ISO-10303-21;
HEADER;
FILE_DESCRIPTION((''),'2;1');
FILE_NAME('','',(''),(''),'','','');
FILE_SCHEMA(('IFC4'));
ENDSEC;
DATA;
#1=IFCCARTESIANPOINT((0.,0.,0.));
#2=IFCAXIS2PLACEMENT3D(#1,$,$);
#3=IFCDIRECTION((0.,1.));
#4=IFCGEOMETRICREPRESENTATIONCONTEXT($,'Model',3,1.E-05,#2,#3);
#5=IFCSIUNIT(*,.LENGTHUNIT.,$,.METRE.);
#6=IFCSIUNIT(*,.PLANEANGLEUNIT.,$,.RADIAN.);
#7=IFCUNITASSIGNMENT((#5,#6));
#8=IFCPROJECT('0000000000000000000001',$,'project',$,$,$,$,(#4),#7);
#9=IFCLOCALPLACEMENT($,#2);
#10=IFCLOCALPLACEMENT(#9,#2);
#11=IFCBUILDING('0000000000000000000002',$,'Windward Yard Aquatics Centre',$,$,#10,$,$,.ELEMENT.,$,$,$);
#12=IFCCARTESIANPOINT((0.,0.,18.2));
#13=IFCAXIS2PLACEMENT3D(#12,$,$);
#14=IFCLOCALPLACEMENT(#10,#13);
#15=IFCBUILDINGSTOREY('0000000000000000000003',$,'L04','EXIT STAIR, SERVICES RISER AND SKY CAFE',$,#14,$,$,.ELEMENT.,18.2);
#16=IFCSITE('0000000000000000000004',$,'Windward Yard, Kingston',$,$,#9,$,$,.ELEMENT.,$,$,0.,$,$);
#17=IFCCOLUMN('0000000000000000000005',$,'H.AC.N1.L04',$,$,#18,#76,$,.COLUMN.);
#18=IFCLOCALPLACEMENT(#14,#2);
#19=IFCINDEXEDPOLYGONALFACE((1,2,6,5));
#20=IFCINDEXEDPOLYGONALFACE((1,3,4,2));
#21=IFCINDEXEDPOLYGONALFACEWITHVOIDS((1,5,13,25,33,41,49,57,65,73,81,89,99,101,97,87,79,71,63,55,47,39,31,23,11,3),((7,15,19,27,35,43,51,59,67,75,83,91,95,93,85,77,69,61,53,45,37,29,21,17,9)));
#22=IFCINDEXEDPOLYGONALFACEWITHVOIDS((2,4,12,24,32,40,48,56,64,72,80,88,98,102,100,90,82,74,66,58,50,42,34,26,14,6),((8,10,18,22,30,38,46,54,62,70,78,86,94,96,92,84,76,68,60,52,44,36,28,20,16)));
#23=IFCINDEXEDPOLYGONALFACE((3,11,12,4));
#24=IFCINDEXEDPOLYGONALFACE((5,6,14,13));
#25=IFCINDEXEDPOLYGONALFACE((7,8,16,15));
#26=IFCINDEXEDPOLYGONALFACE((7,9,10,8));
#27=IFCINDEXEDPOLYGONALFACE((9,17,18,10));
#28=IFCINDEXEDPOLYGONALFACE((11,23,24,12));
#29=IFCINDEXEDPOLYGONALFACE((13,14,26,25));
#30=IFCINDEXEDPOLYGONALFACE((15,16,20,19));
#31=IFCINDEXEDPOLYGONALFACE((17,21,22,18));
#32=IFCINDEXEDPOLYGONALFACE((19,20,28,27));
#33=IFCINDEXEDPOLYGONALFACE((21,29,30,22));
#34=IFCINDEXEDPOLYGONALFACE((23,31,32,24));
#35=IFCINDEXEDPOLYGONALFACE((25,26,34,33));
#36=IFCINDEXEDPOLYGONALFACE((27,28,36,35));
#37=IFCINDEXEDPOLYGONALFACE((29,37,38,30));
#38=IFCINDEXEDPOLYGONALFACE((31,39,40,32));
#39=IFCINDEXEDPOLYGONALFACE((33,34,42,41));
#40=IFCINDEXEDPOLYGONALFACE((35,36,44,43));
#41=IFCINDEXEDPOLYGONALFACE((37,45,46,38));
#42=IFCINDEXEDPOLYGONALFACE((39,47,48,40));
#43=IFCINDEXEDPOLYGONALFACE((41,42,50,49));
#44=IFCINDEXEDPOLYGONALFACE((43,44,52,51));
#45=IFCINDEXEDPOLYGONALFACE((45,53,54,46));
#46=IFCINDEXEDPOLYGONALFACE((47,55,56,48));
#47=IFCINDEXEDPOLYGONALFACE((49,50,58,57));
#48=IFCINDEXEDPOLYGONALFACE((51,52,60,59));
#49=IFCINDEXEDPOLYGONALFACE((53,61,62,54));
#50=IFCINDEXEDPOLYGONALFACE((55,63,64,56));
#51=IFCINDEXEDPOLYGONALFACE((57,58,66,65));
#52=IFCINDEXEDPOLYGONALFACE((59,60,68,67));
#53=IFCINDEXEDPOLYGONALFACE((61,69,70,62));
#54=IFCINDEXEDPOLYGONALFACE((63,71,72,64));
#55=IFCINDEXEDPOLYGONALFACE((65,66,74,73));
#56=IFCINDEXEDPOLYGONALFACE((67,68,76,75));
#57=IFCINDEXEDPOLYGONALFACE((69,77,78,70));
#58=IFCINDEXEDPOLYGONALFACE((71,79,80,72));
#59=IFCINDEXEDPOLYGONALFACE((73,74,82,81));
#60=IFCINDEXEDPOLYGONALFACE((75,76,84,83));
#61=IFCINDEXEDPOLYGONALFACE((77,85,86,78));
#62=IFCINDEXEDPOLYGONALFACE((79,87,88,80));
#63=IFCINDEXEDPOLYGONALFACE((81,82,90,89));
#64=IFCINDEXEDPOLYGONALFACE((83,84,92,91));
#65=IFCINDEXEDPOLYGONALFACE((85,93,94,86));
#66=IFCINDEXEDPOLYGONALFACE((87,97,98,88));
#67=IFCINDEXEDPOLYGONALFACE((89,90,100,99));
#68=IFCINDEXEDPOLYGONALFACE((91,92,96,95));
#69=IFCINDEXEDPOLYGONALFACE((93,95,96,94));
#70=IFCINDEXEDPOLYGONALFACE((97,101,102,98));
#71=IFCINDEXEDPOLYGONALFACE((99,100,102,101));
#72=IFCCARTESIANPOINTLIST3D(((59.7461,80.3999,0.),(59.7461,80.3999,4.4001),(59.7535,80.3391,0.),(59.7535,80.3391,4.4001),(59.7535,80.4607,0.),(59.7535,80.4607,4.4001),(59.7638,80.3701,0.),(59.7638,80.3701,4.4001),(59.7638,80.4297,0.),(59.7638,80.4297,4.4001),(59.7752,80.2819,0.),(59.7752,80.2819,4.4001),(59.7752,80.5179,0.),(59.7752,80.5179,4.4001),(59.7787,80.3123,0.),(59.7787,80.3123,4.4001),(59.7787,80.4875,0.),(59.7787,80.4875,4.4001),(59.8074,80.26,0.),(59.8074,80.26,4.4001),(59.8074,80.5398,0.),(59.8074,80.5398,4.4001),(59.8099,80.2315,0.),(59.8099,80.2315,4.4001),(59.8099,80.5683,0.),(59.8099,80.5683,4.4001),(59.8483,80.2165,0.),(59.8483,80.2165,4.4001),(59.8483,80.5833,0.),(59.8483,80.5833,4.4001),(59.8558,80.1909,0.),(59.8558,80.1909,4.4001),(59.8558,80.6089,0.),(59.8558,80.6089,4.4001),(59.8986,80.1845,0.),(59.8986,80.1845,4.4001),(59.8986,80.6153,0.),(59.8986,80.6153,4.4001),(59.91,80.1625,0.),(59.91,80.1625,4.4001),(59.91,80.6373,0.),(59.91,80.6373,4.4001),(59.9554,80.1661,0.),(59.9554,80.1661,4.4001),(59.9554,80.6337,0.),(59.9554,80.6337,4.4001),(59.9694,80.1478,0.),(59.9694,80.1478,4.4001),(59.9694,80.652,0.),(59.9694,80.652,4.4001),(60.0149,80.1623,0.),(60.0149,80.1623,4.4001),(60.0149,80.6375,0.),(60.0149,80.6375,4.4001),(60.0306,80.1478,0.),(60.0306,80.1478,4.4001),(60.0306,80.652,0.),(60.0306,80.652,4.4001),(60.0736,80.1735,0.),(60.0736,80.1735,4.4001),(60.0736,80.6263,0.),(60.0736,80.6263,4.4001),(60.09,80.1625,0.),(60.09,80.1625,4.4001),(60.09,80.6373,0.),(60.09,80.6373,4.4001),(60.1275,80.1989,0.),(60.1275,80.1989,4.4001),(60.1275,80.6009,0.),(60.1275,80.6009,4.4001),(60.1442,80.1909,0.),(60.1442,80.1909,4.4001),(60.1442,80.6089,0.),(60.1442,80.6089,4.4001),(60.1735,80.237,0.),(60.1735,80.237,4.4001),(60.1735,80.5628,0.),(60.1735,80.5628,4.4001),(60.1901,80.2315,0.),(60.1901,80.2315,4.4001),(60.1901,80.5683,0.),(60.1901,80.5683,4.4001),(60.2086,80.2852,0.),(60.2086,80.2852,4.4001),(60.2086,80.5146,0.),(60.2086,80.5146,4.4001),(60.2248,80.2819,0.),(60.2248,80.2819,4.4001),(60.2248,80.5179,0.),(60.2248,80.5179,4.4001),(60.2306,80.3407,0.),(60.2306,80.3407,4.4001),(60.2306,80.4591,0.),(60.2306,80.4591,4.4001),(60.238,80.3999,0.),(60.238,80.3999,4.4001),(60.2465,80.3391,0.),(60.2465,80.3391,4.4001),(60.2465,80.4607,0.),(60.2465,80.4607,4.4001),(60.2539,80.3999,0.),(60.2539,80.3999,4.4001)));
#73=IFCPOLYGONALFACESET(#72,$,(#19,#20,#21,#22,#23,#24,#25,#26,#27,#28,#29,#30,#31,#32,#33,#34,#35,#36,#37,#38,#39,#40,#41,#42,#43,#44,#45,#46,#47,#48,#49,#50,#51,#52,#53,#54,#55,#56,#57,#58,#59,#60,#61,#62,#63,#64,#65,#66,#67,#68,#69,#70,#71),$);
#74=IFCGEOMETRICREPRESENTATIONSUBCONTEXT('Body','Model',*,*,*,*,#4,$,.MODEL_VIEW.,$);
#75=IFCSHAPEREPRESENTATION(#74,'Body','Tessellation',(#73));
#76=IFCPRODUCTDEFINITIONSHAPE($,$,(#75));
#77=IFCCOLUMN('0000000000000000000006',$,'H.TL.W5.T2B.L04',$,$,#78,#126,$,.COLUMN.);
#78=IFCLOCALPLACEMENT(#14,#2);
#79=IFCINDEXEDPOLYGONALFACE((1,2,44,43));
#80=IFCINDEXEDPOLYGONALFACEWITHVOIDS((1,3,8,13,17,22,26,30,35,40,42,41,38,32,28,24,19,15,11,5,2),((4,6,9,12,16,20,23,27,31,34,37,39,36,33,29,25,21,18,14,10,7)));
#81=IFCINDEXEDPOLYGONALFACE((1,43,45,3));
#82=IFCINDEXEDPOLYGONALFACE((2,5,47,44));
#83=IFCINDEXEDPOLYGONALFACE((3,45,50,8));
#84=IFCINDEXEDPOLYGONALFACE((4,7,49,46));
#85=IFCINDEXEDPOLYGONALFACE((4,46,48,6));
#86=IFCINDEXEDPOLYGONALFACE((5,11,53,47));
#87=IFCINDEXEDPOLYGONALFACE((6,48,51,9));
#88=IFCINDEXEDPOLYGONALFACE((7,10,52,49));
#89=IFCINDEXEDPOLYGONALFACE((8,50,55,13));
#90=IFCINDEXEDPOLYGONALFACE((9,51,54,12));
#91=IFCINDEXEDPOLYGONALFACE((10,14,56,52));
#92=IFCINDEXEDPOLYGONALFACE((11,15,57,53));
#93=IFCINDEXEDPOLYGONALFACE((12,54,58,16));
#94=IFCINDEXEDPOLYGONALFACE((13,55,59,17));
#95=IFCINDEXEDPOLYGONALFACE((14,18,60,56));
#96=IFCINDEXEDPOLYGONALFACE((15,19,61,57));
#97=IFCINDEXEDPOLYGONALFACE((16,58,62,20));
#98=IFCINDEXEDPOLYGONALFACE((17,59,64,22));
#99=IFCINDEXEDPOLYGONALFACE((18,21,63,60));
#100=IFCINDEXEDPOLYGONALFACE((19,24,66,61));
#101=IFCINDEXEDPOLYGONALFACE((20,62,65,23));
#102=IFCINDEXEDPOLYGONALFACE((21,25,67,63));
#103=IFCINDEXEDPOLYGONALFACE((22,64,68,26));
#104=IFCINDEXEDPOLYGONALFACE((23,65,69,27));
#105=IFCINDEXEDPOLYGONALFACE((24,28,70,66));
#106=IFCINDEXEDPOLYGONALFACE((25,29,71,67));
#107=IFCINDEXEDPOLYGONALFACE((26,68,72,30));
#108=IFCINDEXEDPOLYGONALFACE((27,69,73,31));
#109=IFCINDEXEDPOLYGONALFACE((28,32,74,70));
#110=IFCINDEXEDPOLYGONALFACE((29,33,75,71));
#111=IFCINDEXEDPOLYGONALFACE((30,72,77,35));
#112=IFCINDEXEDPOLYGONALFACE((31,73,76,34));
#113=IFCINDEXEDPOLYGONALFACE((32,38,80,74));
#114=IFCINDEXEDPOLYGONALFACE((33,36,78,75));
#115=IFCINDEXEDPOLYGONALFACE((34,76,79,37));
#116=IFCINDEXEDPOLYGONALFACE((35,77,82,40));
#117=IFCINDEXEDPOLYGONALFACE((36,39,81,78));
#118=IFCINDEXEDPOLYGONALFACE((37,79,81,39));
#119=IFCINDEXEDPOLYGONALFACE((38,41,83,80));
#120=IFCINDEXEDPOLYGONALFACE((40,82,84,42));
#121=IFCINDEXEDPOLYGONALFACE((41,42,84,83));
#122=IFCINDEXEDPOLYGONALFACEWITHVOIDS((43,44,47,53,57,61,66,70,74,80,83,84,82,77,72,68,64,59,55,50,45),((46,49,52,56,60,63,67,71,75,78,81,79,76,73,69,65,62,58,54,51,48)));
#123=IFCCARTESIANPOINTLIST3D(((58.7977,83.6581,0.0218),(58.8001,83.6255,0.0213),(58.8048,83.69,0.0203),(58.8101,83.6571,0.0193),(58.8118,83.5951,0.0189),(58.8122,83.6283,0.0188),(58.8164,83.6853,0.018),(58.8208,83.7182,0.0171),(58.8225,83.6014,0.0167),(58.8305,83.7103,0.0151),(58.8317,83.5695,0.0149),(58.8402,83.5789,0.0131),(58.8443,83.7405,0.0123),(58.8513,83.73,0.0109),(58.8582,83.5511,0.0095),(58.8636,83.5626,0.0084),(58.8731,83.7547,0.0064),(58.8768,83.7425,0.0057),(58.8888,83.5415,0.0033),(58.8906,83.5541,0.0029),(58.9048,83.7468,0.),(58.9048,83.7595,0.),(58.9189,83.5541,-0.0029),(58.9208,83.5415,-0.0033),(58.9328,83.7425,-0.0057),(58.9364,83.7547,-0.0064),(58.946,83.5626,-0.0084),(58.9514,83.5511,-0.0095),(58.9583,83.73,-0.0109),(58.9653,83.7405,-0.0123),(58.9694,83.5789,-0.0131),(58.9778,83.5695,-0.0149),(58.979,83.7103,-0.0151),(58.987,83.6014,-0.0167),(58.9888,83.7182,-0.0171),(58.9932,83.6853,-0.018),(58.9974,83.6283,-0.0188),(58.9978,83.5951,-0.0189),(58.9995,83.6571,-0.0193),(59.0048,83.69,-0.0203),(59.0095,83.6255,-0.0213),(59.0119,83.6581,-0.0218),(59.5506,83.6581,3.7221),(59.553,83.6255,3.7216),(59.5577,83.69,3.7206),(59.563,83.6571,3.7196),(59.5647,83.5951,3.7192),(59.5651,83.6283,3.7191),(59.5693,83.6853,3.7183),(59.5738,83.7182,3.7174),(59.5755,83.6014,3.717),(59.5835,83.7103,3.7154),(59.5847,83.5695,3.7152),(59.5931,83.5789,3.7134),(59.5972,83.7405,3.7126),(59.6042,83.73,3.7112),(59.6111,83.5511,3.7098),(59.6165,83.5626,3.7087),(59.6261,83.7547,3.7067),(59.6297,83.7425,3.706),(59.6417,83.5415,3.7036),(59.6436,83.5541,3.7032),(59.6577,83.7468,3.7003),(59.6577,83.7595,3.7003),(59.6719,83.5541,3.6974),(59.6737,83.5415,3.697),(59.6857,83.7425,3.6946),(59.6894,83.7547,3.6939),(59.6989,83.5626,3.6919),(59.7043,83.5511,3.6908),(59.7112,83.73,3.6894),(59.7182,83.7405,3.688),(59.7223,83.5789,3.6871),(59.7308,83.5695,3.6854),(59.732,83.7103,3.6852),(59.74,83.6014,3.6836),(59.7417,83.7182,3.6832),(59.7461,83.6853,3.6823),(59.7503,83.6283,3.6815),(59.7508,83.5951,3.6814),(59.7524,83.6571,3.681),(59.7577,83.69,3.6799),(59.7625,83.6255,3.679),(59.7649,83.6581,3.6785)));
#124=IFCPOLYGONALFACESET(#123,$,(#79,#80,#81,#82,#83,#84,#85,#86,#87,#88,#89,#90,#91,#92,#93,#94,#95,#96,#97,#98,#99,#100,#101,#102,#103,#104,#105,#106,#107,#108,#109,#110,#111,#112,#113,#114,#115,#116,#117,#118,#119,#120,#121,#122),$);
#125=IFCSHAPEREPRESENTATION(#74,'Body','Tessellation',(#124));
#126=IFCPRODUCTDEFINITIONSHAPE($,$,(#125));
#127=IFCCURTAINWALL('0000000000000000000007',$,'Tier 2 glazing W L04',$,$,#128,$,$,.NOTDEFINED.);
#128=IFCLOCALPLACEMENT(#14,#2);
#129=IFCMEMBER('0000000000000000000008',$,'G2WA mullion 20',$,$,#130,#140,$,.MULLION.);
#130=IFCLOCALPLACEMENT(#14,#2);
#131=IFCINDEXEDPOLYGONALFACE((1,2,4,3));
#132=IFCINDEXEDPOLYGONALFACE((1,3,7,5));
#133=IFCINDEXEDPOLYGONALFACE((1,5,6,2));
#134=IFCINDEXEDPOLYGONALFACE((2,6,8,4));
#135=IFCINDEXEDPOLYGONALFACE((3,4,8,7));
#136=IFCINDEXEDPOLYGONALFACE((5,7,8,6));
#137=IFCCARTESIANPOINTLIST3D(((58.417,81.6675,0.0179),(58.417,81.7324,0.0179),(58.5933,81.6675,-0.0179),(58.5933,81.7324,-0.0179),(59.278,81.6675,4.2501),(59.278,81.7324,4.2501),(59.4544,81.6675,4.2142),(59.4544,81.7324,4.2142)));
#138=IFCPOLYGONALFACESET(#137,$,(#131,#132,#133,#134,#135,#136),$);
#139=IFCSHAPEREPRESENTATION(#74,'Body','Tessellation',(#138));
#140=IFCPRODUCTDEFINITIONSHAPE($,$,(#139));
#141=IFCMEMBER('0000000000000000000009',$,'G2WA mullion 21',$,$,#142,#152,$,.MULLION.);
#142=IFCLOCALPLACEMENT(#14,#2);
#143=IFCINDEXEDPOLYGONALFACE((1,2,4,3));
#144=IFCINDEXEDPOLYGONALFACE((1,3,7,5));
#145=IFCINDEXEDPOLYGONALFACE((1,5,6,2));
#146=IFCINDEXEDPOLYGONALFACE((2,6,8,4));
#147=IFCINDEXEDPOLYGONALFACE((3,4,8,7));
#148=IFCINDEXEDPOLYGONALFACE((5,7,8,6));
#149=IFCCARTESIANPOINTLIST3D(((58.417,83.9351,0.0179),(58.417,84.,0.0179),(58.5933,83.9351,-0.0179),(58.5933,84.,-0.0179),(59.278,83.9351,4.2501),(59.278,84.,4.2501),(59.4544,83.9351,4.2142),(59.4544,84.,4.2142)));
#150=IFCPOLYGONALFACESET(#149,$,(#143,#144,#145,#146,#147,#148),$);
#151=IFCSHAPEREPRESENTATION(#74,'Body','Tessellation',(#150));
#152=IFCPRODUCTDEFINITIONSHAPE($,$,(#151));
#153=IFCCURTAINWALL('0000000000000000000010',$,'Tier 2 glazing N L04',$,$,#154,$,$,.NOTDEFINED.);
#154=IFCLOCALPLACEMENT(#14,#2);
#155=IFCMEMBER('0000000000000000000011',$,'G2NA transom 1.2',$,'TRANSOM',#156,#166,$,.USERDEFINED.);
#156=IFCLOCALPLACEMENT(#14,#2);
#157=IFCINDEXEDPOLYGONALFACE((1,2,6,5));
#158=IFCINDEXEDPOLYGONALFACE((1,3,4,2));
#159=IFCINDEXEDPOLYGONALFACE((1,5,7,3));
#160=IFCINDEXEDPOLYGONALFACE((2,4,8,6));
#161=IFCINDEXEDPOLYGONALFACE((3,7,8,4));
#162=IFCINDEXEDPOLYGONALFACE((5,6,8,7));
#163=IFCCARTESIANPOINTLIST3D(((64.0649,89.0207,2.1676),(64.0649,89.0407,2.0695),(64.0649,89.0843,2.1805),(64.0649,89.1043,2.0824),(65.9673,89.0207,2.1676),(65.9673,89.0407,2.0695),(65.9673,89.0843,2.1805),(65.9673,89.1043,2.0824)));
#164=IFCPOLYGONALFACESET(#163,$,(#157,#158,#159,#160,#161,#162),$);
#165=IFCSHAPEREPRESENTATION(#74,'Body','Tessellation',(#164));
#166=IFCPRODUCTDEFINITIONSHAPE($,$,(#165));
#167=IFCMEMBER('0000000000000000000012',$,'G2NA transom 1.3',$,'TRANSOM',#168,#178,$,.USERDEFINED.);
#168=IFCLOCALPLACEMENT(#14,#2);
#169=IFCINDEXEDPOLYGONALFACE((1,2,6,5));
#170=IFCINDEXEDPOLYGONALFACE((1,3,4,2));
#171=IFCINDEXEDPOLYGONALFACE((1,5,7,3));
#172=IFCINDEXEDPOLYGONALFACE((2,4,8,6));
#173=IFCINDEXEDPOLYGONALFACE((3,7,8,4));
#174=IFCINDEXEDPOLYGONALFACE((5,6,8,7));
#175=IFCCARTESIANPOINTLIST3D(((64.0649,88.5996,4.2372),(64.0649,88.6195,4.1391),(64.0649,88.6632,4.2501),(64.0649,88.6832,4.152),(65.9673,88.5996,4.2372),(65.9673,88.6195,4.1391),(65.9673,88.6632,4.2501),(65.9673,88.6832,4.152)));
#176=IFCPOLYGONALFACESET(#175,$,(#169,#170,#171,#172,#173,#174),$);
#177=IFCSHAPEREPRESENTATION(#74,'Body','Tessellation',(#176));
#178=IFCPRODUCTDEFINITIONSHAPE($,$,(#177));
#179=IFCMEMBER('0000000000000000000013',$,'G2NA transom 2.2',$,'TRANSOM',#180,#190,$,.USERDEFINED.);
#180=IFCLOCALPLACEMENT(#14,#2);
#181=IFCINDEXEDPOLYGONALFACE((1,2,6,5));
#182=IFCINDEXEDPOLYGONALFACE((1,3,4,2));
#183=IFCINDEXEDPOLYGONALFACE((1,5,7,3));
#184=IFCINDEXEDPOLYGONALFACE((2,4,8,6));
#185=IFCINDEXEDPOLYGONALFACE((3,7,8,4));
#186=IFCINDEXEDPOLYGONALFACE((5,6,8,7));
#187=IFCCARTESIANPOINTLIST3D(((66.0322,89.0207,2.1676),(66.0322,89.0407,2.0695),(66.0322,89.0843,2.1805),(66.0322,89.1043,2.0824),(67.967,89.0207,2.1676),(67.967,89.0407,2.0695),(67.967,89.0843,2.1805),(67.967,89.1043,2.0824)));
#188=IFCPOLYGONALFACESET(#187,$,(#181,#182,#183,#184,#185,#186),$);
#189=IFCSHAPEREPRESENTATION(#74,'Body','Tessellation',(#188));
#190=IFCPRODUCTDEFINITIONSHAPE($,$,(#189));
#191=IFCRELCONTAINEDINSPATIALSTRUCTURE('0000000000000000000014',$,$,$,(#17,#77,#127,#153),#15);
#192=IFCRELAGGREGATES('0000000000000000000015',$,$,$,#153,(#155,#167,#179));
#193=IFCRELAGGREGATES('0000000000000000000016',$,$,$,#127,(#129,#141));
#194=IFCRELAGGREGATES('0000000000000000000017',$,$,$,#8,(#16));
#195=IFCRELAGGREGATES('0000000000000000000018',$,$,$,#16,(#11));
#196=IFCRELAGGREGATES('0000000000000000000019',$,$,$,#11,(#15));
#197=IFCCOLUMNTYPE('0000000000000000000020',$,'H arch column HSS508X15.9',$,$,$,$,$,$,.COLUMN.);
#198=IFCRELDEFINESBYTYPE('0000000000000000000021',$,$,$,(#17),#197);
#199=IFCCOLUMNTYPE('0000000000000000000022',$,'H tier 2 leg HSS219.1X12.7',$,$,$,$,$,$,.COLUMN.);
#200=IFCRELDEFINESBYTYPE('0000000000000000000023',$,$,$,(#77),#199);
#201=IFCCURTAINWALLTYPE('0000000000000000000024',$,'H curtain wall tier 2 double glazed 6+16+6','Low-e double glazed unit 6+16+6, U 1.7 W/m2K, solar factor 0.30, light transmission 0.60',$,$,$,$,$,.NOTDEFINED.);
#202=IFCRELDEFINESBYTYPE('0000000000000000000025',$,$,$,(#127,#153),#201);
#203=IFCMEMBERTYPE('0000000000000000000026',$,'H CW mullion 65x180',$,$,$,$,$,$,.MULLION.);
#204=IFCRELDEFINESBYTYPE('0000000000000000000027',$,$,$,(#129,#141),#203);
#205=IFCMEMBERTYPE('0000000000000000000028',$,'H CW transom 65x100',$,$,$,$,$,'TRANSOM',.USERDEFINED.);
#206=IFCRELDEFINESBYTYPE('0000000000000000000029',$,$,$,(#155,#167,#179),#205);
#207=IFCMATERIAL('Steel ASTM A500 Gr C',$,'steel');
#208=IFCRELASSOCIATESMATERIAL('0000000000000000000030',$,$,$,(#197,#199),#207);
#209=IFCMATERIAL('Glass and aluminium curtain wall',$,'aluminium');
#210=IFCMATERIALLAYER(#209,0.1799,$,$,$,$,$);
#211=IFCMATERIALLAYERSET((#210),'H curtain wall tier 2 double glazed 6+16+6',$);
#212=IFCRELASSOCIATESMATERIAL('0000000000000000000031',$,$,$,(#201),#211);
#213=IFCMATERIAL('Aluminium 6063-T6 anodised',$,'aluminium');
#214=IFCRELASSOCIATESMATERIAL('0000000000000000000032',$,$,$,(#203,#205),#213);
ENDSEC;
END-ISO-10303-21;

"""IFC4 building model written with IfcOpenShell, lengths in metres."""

from ifc_helpers import new_model, si_unit, direction, frame, origin, origin_2d, place, context, subcontext, project, spatial, rectangle, hollow_circle, extrude, material, layer, layer_set, material_profile, profile_set, type_object, element, aggregate, save


model = new_model("IFC4")

# Units and contexts
model_context = context("Model", 3, precision=1e-05, world=origin(), true_north=direction((0.0, 1.0)))
body_context = subcontext(model_context, "Body", "Model", "MODEL_VIEW")
ifc_project = project(units=[si_unit("LENGTHUNIT", "METRE"), si_unit("PLANEANGLEUNIT", "RADIAN")], contexts=[model_context])

# Site, building, storey
site_placement = place(None, origin())
site = spatial("IfcSite", under=ifc_project, at=site_placement, Name="Windward Yard, Kingston", CompositionType="ELEMENT", RefElevation=0.0)
building_placement = place(site_placement, origin())
building = spatial("IfcBuilding", under=site, at=building_placement, Name="Windward Yard Aquatics Centre", CompositionType="ELEMENT")
storey_placement = place(building_placement, frame((0.0, 0.0, 18.2)))
storey = spatial("IfcBuildingStorey", under=building, at=storey_placement, Name="L04", Description="EXIT STAIR, SERVICES RISER AND SKY CAFE", CompositionType="ELEMENT", Elevation=18.2)

# Columns
ifc_material_1 = material(Name="Steel ASTM A500 Gr C", Category="steel")
ifc_material_profile_1 = material_profile(ifc_material_1, hollow_circle(Radius=0.2539, WallThickness=0.0159, at=origin_2d()), Name="HSS508X15.9")
ifc_profile_set_1 = profile_set([ifc_material_profile_1], Name="Steel ASTM A500 Gr C")
column_type_1 = type_object("IfcColumnType", Name="H arch column HSS508X15.9", PredefinedType="COLUMN", material=ifc_profile_set_1)
column_1_placement = place(storey_placement, frame((60.0, 80.3999, 0.0), z_axis=(0.0, 0.0, 1.0), x_axis=(1.0, 0.0, 0.0)))
element("IfcColumn", 1, at=column_1_placement, inside=storey, type_object=column_type_1, Name="H.AC.N1.L04", PredefinedType="COLUMN", context=body_context, shape_type="SweptSolid", body=[
    extrude(hollow_circle(Radius=0.2539, WallThickness=0.0159, at=origin_2d()), origin(), (0.0, 0.0, 1.0), 4.4001),
])
ifc_material_profile_2 = material_profile(ifc_material_1, hollow_circle(Radius=0.1096, WallThickness=0.0127, at=origin_2d()), Name="HSS219.1X12.7")
ifc_profile_set_2 = profile_set([ifc_material_profile_2], Name="Steel ASTM A500 Gr C")
column_type_2 = type_object("IfcColumnType", Name="H tier 2 leg HSS219.1X12.7", PredefinedType="COLUMN", material=ifc_profile_set_2)
column_2_placement = place(storey_placement, frame((58.9048, 83.6499, 0.0), z_axis=(0.199398, 0.0, 0.979919), x_axis=(0.0, 1.0, 0.0)))
element("IfcColumn", 2, at=column_2_placement, inside=storey, type_object=column_type_2, Name="H.TL.W5.T2B.L04", PredefinedType="COLUMN", context=body_context, shape_type="SweptSolid", body=[
    extrude(hollow_circle(Radius=0.1096, WallThickness=0.0127, at=origin_2d()), origin(), (0.0, 0.0, 1.0), 3.7761),
])

# Curtain walls, members
ifc_material_2 = material(Name="Glass and aluminium curtain wall", Category="aluminium")
ifc_layer_1 = layer(ifc_material_2, 0.1799)
ifc_layer_set_1 = layer_set([ifc_layer_1], Name="H curtain wall tier 2 double glazed 6+16+6")
curtain_wall_type = type_object("IfcCurtainWallType", Name="H curtain wall tier 2 double glazed 6+16+6", Description="Low-e double glazed unit 6+16+6, U 1.7 W/m2K, solar factor 0.30, light transmission 0.60", PredefinedType="NOTDEFINED", material=ifc_layer_set_1)
curtain_wall_1_placement = place(storey_placement, origin())
curtain_wall_1 = element("IfcCurtainWall", 3, at=curtain_wall_1_placement, inside=storey, type_object=curtain_wall_type, Name="Tier 2 glazing W L04", PredefinedType="NOTDEFINED")
ifc_material_3 = material(Name="Aluminium 6063-T6 anodised", Category="aluminium")
ifc_material_profile_3 = material_profile(ifc_material_3, rectangle(XDim=0.0649, YDim=0.1799, at=origin_2d()), Name="H CW mullion 65x180")
ifc_profile_set_3 = profile_set([ifc_material_profile_3], Name="Aluminium 6063-T6 anodised")
member_type_1 = type_object("IfcMemberType", Name="H CW mullion 65x180", PredefinedType="MULLION", material=ifc_profile_set_3)
member_1_placement = place(storey_placement, frame((58.5051, 81.7, 0.0), z_axis=(0.199376, 0.0, 0.979923), x_axis=(0.0, 1.0, 0.0)))
member_1 = element("IfcMember", 4, at=member_1_placement, type_object=member_type_1, Name="G2WA mullion 20", PredefinedType="MULLION", context=body_context, shape_type="SweptSolid", body=[
    extrude(rectangle(XDim=0.0649, YDim=0.1799, at=origin_2d()), origin(), (0.0, 0.0, 1.0), 4.3188),
])
member_2_placement = place(storey_placement, frame((58.5051, 83.9675, 0.0), z_axis=(0.199376, 0.0, 0.979923), x_axis=(0.0, 1.0, 0.0)))
member_2 = element("IfcMember", 5, at=member_2_placement, type_object=member_type_1, Name="G2WA mullion 21", PredefinedType="MULLION", context=body_context, shape_type="SweptSolid", body=[
    extrude(rectangle(XDim=0.0649, YDim=0.1799, at=origin_2d()), origin(), (0.0, 0.0, 1.0), 4.3188),
])
curtain_wall_2_placement = place(storey_placement, origin())
curtain_wall_2 = element("IfcCurtainWall", 6, at=curtain_wall_2_placement, inside=storey, type_object=curtain_wall_type, Name="Tier 2 glazing N L04", PredefinedType="NOTDEFINED")
ifc_material_profile_4 = material_profile(ifc_material_3, rectangle(XDim=0.0649, YDim=0.1001, at=origin_2d()), Name="H CW transom 65x100")
ifc_profile_set_4 = profile_set([ifc_material_profile_4], Name="Aluminium 6063-T6 anodised")
member_type_2 = type_object("IfcMemberType", Name="H CW transom 65x100", ElementType="TRANSOM", PredefinedType="USERDEFINED", material=ifc_profile_set_4)
member_3_placement = place(storey_placement, frame((64.0649, 89.0625, 2.125), z_axis=(1.0, 0.0, 0.0), x_axis=(0.0, 0.979925, 0.199368)))
member_3 = element("IfcMember", 7, at=member_3_placement, type_object=member_type_2, Name="G2NA transom 1.2", ObjectType="TRANSOM", PredefinedType="USERDEFINED", context=body_context, shape_type="SweptSolid", body=[
    extrude(rectangle(XDim=0.0649, YDim=0.1001, at=origin_2d()), origin(), (0.0, 0.0, 1.0), 1.9023),
])
member_4_placement = place(storey_placement, frame((64.0649, 88.6414, 4.1946), z_axis=(1.0, 0.0, 0.0), x_axis=(0.0, 0.979925, 0.199368)))
member_4 = element("IfcMember", 8, at=member_4_placement, type_object=member_type_2, Name="G2NA transom 1.3", ObjectType="TRANSOM", PredefinedType="USERDEFINED", context=body_context, shape_type="SweptSolid", body=[
    extrude(rectangle(XDim=0.0649, YDim=0.1001, at=origin_2d()), origin(), (0.0, 0.0, 1.0), 1.9023),
])
member_5_placement = place(storey_placement, frame((66.0322, 89.0625, 2.125), z_axis=(1.0, 0.0, 0.0), x_axis=(0.0, 0.979925, 0.199368)))
member_5 = element("IfcMember", 9, at=member_5_placement, type_object=member_type_2, Name="G2NA transom 2.2", ObjectType="TRANSOM", PredefinedType="USERDEFINED", context=body_context, shape_type="SweptSolid", body=[
    extrude(rectangle(XDim=0.0649, YDim=0.1001, at=origin_2d()), origin(), (0.0, 0.0, 1.0), 1.9348),
])

aggregate(curtain_wall_2, [member_3, member_4, member_5])
aggregate(curtain_wall_1, [member_1, member_2])

save(model, "model.ifc")
